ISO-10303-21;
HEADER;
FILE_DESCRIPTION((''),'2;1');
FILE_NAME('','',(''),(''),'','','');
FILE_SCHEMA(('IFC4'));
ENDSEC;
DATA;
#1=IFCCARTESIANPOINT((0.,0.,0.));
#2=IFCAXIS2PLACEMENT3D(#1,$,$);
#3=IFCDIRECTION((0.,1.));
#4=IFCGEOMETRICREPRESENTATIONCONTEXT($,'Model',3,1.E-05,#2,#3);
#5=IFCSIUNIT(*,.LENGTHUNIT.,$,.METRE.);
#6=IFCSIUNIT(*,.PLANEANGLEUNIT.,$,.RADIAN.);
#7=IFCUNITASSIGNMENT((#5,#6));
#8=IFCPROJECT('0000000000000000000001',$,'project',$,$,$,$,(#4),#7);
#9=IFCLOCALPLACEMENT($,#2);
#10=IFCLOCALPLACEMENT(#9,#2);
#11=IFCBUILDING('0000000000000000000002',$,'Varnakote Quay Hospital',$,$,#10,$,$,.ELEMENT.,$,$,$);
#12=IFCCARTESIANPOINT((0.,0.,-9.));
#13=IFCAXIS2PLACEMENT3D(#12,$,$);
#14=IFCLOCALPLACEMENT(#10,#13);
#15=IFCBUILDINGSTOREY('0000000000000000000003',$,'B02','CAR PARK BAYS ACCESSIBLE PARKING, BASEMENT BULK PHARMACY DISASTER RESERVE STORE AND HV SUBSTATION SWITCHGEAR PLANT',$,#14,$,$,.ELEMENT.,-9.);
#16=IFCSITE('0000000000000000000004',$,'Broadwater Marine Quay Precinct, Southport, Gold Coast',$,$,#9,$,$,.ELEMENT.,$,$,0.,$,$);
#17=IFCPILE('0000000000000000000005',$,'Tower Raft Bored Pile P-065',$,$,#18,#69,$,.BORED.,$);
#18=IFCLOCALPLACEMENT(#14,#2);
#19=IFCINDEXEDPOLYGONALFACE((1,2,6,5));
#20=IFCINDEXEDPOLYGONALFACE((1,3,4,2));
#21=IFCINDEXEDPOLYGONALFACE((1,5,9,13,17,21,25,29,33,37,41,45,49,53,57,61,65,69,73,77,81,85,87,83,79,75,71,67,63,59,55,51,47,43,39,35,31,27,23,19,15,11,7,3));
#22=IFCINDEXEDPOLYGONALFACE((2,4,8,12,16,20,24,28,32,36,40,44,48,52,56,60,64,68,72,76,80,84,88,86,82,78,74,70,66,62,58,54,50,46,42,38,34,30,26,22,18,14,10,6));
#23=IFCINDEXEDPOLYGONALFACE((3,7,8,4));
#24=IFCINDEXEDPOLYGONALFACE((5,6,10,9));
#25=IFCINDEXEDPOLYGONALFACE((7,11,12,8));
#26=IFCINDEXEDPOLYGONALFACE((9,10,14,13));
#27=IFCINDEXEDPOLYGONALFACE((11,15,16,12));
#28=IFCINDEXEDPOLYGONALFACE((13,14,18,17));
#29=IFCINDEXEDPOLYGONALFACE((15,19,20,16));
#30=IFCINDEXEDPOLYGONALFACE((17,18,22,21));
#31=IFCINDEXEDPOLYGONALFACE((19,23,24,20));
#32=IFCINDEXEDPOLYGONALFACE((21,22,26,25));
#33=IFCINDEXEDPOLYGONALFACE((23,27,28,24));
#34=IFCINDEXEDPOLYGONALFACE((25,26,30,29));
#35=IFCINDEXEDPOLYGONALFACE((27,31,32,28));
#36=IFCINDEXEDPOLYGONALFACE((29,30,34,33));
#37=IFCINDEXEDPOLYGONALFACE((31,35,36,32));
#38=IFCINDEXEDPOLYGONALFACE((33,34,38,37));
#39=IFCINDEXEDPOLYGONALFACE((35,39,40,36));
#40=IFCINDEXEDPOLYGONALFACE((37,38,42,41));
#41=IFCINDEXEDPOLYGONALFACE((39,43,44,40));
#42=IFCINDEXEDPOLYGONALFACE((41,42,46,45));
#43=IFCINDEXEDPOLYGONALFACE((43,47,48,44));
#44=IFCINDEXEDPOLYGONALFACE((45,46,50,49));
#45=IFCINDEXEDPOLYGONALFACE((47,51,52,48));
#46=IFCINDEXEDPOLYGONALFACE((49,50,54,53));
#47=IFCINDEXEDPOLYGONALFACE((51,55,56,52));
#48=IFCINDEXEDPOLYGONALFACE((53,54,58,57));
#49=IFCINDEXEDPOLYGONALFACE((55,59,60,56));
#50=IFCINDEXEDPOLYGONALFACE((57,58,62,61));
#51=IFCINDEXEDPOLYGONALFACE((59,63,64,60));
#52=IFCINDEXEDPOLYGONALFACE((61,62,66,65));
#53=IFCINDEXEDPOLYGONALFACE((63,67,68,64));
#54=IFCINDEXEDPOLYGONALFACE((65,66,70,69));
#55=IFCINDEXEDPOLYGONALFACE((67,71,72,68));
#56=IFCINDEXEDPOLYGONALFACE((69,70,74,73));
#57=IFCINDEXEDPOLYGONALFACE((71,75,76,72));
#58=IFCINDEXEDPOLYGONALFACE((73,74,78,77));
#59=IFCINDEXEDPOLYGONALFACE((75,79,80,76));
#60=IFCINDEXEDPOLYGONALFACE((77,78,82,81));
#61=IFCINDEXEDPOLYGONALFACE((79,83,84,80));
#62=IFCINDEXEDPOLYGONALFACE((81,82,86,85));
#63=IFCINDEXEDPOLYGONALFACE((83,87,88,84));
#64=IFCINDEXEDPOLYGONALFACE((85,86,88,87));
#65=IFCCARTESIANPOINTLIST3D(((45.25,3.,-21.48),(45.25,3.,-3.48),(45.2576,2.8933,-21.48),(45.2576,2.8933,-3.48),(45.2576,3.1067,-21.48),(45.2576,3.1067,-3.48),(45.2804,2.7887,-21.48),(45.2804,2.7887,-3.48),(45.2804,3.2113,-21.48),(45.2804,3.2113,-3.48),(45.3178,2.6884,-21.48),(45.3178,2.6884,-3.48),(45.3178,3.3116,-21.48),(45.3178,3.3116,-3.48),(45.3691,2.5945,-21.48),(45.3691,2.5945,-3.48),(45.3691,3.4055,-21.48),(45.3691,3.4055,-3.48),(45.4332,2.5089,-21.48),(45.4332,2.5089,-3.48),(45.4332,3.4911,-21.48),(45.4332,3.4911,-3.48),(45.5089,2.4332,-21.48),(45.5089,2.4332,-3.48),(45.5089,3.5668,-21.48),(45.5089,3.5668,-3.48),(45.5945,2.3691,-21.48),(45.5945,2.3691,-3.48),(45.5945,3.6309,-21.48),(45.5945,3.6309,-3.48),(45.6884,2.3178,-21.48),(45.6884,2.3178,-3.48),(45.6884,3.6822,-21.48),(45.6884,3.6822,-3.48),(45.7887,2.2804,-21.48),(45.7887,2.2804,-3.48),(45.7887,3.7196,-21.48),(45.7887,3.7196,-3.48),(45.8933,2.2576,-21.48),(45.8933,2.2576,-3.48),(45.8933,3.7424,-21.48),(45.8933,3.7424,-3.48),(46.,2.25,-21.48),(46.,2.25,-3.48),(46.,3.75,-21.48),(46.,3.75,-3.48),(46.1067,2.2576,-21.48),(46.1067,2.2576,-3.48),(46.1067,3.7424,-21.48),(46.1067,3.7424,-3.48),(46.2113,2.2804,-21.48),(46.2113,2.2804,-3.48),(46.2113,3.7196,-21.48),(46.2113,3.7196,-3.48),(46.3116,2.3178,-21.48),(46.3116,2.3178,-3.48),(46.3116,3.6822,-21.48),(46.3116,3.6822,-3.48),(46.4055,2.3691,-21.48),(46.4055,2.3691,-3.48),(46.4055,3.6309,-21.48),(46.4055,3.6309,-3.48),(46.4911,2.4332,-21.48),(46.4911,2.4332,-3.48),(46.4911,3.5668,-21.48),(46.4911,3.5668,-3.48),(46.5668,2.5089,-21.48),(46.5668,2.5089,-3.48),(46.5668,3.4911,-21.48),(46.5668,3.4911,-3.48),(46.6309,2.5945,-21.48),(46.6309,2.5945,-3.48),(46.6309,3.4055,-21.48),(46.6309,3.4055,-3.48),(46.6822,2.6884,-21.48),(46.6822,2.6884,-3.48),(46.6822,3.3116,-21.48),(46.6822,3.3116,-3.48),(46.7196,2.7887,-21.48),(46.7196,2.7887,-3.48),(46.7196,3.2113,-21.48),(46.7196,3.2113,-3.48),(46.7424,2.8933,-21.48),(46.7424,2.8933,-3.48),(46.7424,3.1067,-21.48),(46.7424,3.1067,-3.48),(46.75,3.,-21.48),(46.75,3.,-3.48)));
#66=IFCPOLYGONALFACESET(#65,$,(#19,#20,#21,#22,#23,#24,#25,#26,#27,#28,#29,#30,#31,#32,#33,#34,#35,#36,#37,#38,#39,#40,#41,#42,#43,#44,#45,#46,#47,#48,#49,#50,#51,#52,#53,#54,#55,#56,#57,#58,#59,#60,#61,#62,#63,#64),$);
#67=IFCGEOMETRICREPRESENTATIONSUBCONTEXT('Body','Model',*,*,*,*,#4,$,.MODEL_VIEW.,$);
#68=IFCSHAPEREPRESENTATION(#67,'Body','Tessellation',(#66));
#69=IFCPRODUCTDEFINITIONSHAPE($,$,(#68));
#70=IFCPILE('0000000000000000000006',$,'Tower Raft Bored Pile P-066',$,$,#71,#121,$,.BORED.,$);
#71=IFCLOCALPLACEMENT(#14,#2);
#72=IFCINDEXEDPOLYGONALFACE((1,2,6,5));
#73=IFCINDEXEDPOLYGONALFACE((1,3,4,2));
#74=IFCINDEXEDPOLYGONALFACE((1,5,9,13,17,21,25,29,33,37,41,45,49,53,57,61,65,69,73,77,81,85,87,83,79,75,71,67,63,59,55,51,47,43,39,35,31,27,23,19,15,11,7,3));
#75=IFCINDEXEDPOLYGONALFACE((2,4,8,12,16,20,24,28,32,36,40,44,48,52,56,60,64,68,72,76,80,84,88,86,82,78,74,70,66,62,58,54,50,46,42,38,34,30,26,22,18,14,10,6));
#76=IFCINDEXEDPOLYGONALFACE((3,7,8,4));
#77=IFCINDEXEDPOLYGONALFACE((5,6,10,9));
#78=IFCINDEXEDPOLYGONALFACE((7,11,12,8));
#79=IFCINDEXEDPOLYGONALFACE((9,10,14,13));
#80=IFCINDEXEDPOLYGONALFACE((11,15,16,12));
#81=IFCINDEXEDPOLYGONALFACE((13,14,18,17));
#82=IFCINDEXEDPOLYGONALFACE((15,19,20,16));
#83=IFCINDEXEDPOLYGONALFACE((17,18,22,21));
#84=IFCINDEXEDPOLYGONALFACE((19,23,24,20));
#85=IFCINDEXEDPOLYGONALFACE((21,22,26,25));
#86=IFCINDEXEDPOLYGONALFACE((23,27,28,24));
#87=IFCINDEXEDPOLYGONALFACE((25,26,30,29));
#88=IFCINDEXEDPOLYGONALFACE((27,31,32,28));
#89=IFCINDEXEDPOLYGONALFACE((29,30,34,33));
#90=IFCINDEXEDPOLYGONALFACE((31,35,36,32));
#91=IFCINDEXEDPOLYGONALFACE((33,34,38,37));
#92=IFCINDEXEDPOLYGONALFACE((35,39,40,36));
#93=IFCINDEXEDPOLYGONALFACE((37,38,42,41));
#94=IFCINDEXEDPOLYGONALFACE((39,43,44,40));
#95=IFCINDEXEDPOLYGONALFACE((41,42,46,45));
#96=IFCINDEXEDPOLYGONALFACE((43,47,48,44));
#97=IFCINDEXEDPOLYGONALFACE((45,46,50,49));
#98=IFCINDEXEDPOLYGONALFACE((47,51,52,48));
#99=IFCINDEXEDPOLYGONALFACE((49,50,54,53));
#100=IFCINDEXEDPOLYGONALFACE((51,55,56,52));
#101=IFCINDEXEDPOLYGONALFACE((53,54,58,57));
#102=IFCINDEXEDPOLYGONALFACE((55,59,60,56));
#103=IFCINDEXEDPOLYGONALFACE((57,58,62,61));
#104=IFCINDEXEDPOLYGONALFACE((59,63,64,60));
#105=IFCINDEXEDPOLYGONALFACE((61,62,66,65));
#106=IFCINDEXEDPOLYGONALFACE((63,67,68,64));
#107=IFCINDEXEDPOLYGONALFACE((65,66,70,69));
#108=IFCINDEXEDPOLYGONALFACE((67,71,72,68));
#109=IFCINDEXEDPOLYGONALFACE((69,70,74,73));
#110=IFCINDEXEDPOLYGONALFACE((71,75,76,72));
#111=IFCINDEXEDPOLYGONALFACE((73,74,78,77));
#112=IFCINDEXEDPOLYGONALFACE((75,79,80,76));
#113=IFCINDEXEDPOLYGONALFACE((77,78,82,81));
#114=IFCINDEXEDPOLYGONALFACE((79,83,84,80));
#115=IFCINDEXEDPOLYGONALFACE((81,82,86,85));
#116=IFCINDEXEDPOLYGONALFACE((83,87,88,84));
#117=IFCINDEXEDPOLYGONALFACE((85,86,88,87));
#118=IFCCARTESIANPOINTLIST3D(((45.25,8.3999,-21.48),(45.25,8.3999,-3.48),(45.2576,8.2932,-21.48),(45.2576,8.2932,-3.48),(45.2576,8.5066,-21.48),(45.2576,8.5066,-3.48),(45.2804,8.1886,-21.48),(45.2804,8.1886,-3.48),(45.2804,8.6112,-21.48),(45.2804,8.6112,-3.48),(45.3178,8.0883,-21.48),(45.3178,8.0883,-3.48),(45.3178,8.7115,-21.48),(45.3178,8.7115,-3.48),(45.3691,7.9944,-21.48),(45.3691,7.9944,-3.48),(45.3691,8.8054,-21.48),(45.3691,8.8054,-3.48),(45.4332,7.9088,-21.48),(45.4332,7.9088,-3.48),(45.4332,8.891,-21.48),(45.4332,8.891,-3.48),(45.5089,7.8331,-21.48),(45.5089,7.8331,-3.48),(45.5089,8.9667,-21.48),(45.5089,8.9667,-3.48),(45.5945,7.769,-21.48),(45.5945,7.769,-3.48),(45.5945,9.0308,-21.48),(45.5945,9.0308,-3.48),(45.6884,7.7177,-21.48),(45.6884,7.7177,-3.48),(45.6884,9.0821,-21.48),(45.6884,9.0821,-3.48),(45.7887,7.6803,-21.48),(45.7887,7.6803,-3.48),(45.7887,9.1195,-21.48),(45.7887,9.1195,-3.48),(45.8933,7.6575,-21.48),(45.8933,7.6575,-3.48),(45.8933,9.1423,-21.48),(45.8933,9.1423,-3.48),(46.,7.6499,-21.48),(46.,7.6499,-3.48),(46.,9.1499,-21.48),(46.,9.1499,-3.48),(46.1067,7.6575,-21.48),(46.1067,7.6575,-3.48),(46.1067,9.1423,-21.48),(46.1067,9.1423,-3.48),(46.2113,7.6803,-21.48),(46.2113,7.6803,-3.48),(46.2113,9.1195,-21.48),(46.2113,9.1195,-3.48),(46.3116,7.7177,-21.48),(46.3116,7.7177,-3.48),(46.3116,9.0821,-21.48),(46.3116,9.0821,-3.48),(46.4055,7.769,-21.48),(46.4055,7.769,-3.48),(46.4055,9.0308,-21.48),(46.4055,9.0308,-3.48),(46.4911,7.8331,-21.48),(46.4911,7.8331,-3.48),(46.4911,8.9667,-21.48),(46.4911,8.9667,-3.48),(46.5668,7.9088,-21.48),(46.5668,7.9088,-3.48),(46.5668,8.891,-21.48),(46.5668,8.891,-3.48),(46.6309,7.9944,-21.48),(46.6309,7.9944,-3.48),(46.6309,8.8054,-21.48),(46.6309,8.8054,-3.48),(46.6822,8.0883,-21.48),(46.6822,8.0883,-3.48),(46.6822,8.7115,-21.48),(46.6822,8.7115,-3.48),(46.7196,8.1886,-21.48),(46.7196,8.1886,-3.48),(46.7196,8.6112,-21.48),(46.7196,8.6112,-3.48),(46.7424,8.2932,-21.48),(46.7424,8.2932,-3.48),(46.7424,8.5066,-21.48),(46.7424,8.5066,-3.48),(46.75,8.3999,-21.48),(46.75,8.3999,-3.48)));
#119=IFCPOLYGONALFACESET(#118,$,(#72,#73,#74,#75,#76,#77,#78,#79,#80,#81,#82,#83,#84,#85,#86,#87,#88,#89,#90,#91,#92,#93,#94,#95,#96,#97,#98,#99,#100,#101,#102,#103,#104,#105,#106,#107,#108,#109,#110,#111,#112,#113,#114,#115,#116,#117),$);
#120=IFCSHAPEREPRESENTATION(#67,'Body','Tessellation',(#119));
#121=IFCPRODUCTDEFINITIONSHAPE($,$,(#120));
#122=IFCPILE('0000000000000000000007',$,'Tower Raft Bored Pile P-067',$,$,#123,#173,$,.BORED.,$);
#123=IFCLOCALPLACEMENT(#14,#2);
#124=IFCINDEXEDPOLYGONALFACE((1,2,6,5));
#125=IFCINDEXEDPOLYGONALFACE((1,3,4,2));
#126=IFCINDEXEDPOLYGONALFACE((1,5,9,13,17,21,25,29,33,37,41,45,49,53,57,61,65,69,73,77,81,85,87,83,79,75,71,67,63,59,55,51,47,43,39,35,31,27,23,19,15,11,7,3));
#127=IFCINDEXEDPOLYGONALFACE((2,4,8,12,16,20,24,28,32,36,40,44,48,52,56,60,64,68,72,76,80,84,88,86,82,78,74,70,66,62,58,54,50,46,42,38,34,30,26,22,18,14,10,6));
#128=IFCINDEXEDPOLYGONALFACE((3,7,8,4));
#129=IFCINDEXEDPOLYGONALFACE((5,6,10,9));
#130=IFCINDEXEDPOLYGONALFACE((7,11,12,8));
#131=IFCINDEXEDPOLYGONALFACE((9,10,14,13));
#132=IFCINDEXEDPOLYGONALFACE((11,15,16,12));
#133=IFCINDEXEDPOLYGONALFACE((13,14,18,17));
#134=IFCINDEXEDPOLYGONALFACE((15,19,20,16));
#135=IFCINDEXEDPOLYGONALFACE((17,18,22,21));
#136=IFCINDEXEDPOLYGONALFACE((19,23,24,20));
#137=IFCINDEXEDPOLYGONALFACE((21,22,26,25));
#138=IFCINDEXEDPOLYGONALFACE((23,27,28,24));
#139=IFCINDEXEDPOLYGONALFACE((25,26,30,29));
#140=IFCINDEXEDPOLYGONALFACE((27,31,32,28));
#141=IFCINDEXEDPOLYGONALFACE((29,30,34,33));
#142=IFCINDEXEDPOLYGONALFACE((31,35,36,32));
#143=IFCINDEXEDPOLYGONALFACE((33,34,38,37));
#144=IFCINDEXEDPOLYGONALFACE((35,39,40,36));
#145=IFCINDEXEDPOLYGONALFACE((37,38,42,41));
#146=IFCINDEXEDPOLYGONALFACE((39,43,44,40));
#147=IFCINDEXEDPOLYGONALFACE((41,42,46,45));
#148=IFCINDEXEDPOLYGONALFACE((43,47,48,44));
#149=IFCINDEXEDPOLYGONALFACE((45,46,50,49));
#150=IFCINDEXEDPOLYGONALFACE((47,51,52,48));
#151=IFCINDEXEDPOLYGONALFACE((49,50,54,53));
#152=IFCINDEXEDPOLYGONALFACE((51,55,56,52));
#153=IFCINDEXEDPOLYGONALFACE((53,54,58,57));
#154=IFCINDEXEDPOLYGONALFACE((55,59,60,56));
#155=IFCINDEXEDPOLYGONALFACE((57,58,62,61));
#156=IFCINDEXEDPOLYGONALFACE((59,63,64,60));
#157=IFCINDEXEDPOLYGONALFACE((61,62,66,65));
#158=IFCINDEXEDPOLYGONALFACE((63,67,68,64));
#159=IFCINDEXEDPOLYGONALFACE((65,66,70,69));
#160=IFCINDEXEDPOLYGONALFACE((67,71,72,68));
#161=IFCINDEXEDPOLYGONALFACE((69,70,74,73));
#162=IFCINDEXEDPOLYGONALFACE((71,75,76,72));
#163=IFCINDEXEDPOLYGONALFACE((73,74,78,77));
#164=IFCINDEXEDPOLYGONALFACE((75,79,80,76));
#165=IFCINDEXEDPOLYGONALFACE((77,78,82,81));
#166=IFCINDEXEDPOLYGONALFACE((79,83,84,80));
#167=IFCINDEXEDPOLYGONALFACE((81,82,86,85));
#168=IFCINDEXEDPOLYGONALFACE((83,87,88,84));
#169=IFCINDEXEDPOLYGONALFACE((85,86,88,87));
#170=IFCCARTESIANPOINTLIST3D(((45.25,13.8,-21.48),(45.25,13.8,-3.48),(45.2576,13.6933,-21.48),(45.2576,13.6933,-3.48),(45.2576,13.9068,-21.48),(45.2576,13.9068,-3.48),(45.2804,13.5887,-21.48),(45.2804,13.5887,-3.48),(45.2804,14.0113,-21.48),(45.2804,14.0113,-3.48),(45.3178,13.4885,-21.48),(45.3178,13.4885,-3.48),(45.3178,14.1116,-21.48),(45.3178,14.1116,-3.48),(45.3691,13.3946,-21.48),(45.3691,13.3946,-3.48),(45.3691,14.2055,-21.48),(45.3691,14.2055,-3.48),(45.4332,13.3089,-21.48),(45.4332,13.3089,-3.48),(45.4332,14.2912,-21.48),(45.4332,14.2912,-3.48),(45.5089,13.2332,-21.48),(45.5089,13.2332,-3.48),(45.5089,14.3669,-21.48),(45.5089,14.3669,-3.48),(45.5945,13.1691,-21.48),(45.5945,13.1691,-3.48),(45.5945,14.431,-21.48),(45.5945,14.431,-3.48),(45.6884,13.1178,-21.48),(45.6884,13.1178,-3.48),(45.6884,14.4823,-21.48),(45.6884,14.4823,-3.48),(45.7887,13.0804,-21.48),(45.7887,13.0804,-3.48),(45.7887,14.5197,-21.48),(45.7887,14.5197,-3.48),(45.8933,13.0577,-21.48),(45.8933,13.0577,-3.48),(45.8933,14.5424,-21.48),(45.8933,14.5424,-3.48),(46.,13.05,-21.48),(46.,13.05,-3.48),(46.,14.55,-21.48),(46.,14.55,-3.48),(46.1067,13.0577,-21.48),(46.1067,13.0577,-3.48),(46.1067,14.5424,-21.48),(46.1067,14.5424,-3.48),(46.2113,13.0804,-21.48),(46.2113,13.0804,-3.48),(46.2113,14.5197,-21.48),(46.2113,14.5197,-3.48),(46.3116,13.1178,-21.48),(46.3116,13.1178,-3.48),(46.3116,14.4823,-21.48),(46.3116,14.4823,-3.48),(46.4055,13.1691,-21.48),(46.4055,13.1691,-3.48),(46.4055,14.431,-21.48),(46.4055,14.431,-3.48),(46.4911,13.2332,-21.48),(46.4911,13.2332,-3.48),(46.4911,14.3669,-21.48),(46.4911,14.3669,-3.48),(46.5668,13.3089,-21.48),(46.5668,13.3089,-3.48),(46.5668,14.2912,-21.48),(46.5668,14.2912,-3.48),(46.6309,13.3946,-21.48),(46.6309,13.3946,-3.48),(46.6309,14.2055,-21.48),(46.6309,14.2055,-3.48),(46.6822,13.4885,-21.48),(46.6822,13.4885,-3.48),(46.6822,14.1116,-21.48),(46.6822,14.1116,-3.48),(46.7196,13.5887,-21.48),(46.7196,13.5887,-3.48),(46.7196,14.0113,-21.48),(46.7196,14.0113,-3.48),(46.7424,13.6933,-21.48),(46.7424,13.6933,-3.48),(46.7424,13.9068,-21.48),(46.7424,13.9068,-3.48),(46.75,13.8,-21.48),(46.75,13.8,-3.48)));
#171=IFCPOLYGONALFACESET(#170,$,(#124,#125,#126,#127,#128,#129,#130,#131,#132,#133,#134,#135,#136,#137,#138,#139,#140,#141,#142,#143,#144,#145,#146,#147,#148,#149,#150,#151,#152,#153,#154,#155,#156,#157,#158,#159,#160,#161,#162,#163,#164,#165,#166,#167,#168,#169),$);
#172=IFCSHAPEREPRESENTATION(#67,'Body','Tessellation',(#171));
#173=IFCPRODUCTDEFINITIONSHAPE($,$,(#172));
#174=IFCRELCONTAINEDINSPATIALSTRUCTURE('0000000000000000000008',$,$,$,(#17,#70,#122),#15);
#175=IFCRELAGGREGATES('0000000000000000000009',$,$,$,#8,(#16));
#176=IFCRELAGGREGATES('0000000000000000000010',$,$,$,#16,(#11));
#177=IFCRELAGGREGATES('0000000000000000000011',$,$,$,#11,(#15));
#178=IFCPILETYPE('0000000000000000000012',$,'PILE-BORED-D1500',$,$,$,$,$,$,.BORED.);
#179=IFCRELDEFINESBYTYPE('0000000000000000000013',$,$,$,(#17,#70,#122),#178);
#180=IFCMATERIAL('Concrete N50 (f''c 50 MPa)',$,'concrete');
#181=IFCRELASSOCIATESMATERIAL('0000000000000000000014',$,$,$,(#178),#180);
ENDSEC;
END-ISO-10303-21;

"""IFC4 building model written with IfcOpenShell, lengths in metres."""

from ifc_helpers import new_model, si_unit, direction, frame, origin, origin_2d, place, context, subcontext, project, spatial, circle, extrude, material, material_profile, profile_set, type_object, element, save


model = new_model("IFC4")

# Units and contexts
model_context = context("Model", 3, precision=1e-05, world=origin(), true_north=direction((0.0, 1.0)))
body_context = subcontext(model_context, "Body", "Model", "MODEL_VIEW")
ifc_project = project(units=[si_unit("LENGTHUNIT", "METRE"), si_unit("PLANEANGLEUNIT", "RADIAN")], contexts=[model_context])

# Site, building, storey
site_placement = place(None, origin())
site = spatial("IfcSite", under=ifc_project, at=site_placement, Name="Broadwater Marine Quay Precinct, Southport, Gold Coast", CompositionType="ELEMENT", RefElevation=0.0)
building_placement = place(site_placement, origin())
building = spatial("IfcBuilding", under=site, at=building_placement, Name="Varnakote Quay Hospital", CompositionType="ELEMENT")
storey_placement = place(building_placement, frame((0.0, 0.0, -9.0)))
storey = spatial("IfcBuildingStorey", under=building, at=storey_placement, Name="B02", Description="CAR PARK BAYS ACCESSIBLE PARKING, BASEMENT BULK PHARMACY DISASTER RESERVE STORE AND HV SUBSTATION SWITCHGEAR PLANT", CompositionType="ELEMENT", Elevation=-9.0)

# Piles
ifc_material_1 = material(Name="Concrete N50 (f'c 50 MPa)", Category="concrete")
ifc_material_profile_1 = material_profile(ifc_material_1, circle(Radius=0.75, at=origin_2d()), Name="PILE-D1500")
ifc_profile_set_1 = profile_set([ifc_material_profile_1], Name="Concrete N50 (f'c 50 MPa)")
pile_type = type_object("IfcPileType", Name="PILE-BORED-D1500", PredefinedType="BORED", material=ifc_profile_set_1)
for number, where, z_axis, x_axis, name in (
    (1, (46.0, 3.0, -3.48), (0.0, 0.0, -1.0), (1.0, 0.0, 0.0), "Tower Raft Bored Pile P-065"),
    (2, (46.0, 8.3999, -3.48), (0.0, 0.0, -1.0), (1.0, 0.0, 0.0), "Tower Raft Bored Pile P-066"),
    (3, (46.0, 13.8, -3.48), (0.0, 0.0, -1.0), (1.0, 0.0, 0.0), "Tower Raft Bored Pile P-067"),
):
    element("IfcPile", number, at=place(storey_placement, frame(where, z_axis=z_axis, x_axis=x_axis)), inside=storey, type_object=pile_type, Name=name, PredefinedType="BORED", context=body_context, shape_type="SweptSolid", body=[
        extrude(circle(Radius=0.75, at=origin_2d()), origin(), (0.0, 0.0, 1.0), 18.0),
    ])

save(model, "model.ifc")
